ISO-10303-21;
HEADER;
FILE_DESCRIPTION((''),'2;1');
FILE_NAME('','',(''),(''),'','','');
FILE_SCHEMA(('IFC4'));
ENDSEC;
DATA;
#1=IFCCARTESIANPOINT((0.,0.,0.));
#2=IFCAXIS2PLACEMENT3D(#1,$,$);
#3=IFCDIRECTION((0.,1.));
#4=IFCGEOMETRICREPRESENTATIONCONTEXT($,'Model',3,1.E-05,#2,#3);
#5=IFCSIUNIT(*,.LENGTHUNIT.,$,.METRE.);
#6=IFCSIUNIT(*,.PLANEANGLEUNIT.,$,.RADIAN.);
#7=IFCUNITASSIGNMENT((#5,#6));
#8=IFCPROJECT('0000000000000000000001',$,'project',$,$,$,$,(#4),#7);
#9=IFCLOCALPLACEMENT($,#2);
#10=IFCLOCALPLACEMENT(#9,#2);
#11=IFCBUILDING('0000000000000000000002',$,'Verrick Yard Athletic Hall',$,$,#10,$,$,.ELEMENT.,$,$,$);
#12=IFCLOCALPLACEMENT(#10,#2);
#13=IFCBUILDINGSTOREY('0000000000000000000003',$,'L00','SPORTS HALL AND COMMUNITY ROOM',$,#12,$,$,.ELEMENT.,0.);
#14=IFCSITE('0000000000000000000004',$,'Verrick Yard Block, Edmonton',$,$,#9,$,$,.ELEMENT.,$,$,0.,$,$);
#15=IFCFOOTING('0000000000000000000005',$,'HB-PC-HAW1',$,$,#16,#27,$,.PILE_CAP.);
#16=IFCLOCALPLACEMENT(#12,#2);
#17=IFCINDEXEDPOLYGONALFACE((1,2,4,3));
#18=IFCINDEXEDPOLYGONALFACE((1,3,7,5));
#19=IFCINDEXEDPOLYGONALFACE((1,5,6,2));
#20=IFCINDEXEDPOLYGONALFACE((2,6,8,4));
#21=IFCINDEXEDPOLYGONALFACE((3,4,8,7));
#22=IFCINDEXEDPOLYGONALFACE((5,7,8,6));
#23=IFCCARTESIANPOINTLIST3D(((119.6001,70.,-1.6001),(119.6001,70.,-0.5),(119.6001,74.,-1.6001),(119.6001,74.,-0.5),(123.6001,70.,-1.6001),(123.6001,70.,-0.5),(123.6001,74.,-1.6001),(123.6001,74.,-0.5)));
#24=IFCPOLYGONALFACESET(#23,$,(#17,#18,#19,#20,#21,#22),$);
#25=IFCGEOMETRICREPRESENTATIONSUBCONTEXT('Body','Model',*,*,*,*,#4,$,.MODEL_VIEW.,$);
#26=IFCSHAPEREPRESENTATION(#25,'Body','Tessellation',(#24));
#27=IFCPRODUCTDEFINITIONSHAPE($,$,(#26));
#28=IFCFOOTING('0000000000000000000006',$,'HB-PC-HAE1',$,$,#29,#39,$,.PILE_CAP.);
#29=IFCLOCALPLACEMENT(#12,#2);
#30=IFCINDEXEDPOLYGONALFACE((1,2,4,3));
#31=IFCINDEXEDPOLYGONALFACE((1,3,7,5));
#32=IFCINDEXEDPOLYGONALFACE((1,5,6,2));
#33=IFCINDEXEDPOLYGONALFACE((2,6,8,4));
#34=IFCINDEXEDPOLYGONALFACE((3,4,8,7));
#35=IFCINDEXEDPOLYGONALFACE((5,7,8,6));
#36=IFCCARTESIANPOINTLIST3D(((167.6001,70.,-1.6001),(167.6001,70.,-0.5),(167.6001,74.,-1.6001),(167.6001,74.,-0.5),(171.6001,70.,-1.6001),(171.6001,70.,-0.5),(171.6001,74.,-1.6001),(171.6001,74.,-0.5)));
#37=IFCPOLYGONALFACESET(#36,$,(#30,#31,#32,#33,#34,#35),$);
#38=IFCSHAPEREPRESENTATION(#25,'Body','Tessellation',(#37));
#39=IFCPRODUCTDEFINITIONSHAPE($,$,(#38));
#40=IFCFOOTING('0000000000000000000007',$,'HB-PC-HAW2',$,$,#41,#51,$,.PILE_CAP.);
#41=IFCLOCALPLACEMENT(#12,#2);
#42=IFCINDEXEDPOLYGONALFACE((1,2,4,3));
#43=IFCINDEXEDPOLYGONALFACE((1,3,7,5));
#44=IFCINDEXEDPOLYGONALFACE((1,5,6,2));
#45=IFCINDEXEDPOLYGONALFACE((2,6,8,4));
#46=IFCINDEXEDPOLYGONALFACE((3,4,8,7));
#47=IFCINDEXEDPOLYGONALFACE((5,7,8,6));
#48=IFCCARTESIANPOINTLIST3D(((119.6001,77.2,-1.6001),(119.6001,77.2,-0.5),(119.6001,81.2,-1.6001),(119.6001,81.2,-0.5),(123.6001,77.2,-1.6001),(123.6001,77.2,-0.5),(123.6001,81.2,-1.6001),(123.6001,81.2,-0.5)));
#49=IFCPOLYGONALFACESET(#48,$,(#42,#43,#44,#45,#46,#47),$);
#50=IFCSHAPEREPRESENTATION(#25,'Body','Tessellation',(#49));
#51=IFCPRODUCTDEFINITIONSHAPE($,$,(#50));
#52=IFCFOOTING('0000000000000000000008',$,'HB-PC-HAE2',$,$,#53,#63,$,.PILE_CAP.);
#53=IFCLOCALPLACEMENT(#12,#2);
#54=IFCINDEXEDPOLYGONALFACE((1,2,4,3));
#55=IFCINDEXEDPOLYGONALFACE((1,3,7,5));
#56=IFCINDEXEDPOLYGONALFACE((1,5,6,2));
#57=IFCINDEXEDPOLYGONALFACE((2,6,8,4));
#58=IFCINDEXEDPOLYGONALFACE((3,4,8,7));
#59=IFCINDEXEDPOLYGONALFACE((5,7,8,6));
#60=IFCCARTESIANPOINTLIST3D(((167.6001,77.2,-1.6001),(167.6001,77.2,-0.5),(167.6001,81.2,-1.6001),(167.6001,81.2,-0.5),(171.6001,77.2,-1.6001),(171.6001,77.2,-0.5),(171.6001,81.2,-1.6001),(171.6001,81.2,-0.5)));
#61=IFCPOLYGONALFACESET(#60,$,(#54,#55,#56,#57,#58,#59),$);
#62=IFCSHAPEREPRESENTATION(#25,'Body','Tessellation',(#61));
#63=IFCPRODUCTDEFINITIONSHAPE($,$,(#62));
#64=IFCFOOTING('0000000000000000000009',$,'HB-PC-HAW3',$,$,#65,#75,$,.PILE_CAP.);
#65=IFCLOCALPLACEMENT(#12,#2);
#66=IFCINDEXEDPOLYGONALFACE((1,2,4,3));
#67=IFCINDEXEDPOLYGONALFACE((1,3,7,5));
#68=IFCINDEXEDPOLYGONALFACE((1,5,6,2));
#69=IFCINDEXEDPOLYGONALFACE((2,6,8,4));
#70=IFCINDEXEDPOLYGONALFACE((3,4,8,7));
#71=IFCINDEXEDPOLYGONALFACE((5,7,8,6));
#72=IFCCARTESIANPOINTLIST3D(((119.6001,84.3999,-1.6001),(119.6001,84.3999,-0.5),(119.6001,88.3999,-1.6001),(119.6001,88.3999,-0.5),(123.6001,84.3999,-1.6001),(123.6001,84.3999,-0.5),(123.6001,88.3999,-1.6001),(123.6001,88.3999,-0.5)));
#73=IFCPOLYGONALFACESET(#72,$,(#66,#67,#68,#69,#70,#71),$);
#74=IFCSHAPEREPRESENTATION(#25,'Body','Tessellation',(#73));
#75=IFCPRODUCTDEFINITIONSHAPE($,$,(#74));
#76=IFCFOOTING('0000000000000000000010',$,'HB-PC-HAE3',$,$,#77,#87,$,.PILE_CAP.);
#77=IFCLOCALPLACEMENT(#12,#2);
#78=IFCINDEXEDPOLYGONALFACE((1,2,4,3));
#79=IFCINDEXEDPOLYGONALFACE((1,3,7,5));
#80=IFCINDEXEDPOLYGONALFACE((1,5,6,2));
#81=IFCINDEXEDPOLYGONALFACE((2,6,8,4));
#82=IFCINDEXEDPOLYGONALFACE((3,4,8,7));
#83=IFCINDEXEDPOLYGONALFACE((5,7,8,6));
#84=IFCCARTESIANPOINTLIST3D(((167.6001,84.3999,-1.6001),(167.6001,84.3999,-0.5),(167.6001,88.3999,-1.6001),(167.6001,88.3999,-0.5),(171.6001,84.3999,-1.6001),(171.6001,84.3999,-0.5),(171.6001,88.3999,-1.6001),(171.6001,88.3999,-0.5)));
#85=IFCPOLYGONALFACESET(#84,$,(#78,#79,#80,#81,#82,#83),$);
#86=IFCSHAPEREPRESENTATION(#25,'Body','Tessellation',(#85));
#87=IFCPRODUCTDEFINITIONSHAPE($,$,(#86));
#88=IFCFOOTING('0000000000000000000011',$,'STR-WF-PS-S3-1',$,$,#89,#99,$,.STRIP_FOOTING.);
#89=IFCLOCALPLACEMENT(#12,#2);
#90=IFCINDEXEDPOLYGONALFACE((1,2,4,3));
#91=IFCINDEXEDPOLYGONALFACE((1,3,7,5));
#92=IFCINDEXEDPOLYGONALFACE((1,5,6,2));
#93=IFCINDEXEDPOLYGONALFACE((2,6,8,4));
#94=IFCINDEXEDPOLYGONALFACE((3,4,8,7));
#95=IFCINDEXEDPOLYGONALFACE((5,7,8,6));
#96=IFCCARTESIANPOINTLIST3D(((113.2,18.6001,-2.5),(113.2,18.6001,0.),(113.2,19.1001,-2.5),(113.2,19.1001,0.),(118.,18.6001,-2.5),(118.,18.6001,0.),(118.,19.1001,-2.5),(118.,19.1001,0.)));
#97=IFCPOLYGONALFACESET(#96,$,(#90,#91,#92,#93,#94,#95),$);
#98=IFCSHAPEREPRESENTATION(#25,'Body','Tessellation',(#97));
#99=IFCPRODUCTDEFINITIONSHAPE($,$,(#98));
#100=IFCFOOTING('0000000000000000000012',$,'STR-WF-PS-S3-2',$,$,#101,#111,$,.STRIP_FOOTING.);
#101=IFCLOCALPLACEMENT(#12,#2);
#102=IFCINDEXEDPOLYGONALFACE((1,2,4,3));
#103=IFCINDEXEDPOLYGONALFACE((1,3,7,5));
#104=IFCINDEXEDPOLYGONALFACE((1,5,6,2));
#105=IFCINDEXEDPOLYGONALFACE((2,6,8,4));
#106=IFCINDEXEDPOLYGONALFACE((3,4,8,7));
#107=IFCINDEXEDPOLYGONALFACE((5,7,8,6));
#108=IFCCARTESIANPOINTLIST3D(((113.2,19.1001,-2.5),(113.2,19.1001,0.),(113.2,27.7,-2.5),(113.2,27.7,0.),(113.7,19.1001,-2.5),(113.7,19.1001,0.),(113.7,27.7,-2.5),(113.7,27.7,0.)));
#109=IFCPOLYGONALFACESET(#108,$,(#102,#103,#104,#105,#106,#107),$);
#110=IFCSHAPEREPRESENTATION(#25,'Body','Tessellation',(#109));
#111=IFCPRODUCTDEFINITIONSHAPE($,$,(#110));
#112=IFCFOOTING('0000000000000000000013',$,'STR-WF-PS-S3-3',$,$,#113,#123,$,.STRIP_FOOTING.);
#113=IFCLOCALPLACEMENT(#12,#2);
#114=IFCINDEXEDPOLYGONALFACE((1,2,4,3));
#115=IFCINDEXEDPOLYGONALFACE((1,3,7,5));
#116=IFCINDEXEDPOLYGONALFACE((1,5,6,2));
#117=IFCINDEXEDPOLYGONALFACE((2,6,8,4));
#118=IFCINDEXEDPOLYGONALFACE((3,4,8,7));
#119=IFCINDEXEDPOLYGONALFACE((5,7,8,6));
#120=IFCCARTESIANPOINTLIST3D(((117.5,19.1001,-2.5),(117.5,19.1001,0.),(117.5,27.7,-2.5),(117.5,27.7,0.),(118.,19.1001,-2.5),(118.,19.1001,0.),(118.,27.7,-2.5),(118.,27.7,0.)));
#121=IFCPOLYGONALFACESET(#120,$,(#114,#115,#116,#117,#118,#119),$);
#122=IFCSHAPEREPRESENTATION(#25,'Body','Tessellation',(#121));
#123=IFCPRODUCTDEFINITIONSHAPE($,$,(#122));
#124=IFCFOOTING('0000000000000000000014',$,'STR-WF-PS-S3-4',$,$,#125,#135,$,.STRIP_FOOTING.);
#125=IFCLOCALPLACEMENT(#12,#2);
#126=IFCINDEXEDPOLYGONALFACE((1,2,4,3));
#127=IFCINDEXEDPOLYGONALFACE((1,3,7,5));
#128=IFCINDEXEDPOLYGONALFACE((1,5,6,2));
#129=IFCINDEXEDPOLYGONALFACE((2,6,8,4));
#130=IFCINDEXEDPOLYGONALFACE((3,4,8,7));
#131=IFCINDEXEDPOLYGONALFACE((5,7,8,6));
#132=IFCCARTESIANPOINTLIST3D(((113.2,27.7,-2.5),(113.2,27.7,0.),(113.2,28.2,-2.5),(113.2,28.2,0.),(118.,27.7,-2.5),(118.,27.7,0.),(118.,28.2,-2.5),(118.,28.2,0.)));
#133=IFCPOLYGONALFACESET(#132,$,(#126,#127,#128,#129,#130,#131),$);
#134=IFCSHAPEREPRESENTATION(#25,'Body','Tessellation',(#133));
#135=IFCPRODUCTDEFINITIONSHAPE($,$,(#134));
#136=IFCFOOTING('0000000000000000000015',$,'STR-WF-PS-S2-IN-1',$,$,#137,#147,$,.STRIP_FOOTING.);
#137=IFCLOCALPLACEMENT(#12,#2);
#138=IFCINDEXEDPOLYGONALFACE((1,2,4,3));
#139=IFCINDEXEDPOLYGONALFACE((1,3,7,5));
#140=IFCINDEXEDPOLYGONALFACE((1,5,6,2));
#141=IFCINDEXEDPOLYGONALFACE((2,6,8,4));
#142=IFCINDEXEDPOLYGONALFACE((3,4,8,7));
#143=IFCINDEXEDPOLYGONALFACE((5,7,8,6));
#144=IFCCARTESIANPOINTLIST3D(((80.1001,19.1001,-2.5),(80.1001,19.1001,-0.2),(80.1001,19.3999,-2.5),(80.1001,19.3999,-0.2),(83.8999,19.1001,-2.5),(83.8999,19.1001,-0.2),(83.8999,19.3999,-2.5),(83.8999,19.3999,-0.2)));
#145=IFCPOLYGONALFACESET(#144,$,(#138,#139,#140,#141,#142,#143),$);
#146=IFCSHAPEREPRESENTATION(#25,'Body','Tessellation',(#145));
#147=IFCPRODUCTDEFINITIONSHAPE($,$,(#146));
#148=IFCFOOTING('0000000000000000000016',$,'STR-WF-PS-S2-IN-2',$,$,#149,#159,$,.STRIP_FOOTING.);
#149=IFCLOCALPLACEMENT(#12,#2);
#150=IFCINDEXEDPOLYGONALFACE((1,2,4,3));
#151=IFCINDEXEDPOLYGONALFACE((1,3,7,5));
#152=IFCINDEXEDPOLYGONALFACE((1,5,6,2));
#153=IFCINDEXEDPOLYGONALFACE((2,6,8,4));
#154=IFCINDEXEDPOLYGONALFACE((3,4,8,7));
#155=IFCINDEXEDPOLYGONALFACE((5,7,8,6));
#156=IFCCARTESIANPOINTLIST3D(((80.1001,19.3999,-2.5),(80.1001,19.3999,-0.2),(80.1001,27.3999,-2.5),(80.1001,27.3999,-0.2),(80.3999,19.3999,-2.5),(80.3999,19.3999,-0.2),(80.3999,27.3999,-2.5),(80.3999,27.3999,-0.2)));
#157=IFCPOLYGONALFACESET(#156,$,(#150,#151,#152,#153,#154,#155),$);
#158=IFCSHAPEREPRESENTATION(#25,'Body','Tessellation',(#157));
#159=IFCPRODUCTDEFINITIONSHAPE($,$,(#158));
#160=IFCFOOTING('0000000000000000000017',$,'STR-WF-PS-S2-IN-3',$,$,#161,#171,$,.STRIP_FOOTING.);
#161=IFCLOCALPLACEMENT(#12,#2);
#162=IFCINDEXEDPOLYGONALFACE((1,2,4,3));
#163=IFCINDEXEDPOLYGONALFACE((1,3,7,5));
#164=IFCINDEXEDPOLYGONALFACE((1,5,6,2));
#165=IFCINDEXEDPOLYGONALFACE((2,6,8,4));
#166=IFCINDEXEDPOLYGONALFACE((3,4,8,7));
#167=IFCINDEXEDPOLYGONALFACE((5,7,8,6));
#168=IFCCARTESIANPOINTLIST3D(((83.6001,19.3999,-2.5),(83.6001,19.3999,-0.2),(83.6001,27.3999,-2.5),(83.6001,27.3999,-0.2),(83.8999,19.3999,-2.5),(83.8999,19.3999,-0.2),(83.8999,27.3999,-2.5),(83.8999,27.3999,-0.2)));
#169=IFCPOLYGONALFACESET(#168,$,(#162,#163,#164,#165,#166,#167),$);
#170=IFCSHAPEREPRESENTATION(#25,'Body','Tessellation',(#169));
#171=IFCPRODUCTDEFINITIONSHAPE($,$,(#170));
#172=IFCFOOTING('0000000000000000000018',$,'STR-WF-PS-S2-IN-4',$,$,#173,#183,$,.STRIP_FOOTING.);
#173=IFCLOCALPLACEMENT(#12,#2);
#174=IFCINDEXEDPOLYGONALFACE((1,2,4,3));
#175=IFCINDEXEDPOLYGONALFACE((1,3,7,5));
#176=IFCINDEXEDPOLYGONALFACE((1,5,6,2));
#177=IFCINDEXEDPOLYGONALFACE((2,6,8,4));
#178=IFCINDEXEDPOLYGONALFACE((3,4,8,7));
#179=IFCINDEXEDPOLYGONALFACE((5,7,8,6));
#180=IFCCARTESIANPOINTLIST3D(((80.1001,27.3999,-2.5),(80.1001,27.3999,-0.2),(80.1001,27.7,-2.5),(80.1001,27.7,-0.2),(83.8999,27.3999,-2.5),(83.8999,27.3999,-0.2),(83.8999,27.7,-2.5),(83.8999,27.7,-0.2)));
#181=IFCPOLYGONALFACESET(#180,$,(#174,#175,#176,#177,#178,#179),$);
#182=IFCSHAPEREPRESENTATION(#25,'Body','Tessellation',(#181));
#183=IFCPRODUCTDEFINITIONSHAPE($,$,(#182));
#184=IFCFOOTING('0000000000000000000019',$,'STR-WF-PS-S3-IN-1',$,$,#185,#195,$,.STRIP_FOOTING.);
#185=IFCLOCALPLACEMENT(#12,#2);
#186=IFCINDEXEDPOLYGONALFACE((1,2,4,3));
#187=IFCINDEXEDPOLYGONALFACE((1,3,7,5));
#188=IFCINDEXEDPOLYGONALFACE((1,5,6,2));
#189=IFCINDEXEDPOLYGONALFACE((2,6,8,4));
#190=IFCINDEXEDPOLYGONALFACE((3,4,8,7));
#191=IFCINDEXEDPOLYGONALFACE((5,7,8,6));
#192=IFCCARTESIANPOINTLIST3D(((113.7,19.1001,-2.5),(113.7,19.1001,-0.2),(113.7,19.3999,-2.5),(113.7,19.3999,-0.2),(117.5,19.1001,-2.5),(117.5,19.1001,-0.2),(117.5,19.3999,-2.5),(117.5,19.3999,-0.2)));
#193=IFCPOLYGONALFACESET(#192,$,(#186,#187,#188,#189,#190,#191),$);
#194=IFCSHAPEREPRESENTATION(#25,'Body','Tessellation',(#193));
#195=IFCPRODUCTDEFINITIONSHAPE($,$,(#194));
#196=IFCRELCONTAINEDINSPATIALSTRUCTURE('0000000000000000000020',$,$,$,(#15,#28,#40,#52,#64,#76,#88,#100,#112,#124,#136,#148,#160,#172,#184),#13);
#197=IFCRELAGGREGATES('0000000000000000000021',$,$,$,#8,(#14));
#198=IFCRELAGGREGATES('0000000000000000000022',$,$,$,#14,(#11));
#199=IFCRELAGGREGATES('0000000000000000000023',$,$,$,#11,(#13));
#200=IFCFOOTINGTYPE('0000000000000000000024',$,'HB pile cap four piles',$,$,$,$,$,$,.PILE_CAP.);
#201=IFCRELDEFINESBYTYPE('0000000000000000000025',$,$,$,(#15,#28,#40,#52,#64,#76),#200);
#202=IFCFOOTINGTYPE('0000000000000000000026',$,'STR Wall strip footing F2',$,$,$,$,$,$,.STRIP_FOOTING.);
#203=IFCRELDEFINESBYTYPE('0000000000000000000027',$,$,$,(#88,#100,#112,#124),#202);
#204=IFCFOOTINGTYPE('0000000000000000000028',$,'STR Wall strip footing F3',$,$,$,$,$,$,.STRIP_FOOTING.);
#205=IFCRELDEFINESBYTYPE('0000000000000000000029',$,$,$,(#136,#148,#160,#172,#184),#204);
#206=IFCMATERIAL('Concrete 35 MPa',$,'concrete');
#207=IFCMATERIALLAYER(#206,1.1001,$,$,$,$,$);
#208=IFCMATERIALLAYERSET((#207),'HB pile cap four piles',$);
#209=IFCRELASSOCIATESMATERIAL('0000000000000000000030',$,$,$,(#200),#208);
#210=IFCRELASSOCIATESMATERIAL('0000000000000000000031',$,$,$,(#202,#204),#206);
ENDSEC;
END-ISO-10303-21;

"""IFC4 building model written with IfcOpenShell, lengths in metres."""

from ifc_helpers import new_model, si_unit, direction, frame, origin, origin_2d, place, context, subcontext, project, spatial, polyline, rectangle, outline, extrude, material, layer, layer_set, material_profile, profile_set, type_object, element, save


model = new_model("IFC4")

# Units and contexts
model_context = context("Model", 3, precision=1e-05, world=origin(), true_north=direction((0.0, 1.0)))
body_context = subcontext(model_context, "Body", "Model", "MODEL_VIEW")
ifc_project = project(units=[si_unit("LENGTHUNIT", "METRE"), si_unit("PLANEANGLEUNIT", "RADIAN")], contexts=[model_context])

# Site, building, storey
site_placement = place(None, origin())
site = spatial("IfcSite", under=ifc_project, at=site_placement, Name="Verrick Yard Block, Edmonton", CompositionType="ELEMENT", RefElevation=0.0)
building_placement = place(site_placement, origin())
building = spatial("IfcBuilding", under=site, at=building_placement, Name="Verrick Yard Athletic Hall", CompositionType="ELEMENT")
storey_placement = place(building_placement, origin())
storey = spatial("IfcBuildingStorey", under=building, at=storey_placement, Name="L00", Description="SPORTS HALL AND COMMUNITY ROOM", CompositionType="ELEMENT", Elevation=0.0)

# Footings
ifc_material = material(Name="Concrete 35 MPa", Category="concrete")
ifc_layer_1 = layer(ifc_material, 1.1001)
ifc_layer_set_1 = layer_set([ifc_layer_1], Name="HB pile cap four piles")
footing_type_1 = type_object("IfcFootingType", Name="HB pile cap four piles", PredefinedType="PILE_CAP", material=ifc_layer_set_1)
footing_1_placement = place(storey_placement, frame((0.0, 0.0, -1.6001)))
element("IfcFooting", 1, at=footing_1_placement, inside=storey, type_object=footing_type_1, Name="HB-PC-HAW1", PredefinedType="PILE_CAP", context=body_context, shape_type="SweptSolid", body=[
    extrude(outline(polyline([(119.6001, 70.0), (123.6001, 70.0), (123.6001, 74.0), (119.6001, 74.0), (119.6001, 70.0)])), origin(), (0.0, 0.0, 1.0), 1.1001),
])
footing_2_placement = place(storey_placement, frame((0.0, 0.0, -1.6001)))
element("IfcFooting", 2, at=footing_2_placement, inside=storey, type_object=footing_type_1, Name="HB-PC-HAE1", PredefinedType="PILE_CAP", context=body_context, shape_type="SweptSolid", body=[
    extrude(outline(polyline([(167.6001, 70.0), (171.6001, 70.0), (171.6001, 74.0), (167.6001, 74.0), (167.6001, 70.0)])), origin(), (0.0, 0.0, 1.0), 1.1001),
])
footing_3_placement = place(storey_placement, frame((0.0, 0.0, -1.6001)))
element("IfcFooting", 3, at=footing_3_placement, inside=storey, type_object=footing_type_1, Name="HB-PC-HAW2", PredefinedType="PILE_CAP", context=body_context, shape_type="SweptSolid", body=[
    extrude(outline(polyline([(119.6001, 77.2), (123.6001, 77.2), (123.6001, 81.2), (119.6001, 81.2), (119.6001, 77.2)])), origin(), (0.0, 0.0, 1.0), 1.1001),
])
footing_4_placement = place(storey_placement, frame((0.0, 0.0, -1.6001)))
element("IfcFooting", 4, at=footing_4_placement, inside=storey, type_object=footing_type_1, Name="HB-PC-HAE2", PredefinedType="PILE_CAP", context=body_context, shape_type="SweptSolid", body=[
    extrude(outline(polyline([(167.6001, 77.2), (171.6001, 77.2), (171.6001, 81.2), (167.6001, 81.2), (167.6001, 77.2)])), origin(), (0.0, 0.0, 1.0), 1.1001),
])
footing_5_placement = place(storey_placement, frame((0.0, 0.0, -1.6001)))
element("IfcFooting", 5, at=footing_5_placement, inside=storey, type_object=footing_type_1, Name="HB-PC-HAW3", PredefinedType="PILE_CAP", context=body_context, shape_type="SweptSolid", body=[
    extrude(outline(polyline([(119.6001, 84.3999), (123.6001, 84.3999), (123.6001, 88.3999), (119.6001, 88.3999), (119.6001, 84.3999)])), origin(), (0.0, 0.0, 1.0), 1.1001),
])
footing_6_placement = place(storey_placement, frame((0.0, 0.0, -1.6001)))
element("IfcFooting", 6, at=footing_6_placement, inside=storey, type_object=footing_type_1, Name="HB-PC-HAE3", PredefinedType="PILE_CAP", context=body_context, shape_type="SweptSolid", body=[
    extrude(outline(polyline([(167.6001, 84.3999), (171.6001, 84.3999), (171.6001, 88.3999), (167.6001, 88.3999), (167.6001, 84.3999)])), origin(), (0.0, 0.0, 1.0), 1.1001),
])
ifc_material_profile_1 = material_profile(ifc_material, rectangle(XDim=0.5, YDim=2.5, at=origin_2d()), Name="STR Wall strip footing F2")
ifc_profile_set_1 = profile_set([ifc_material_profile_1], Name="Concrete 35 MPa")
footing_type_2 = type_object("IfcFootingType", Name="STR Wall strip footing F2", PredefinedType="STRIP_FOOTING", material=ifc_profile_set_1)
footing_7_placement = place(storey_placement, frame((0.0, 0.0, -2.5)))
element("IfcFooting", 7, at=footing_7_placement, inside=storey, type_object=footing_type_2, Name="STR-WF-PS-S3-1", PredefinedType="STRIP_FOOTING", context=body_context, shape_type="SweptSolid", body=[
    extrude(outline(polyline([(113.2, 18.6001), (118.0, 18.6001), (118.0, 19.1001), (113.2, 19.1001), (113.2, 18.6001)])), origin(), (0.0, 0.0, 1.0), 2.5),
])
footing_8_placement = place(storey_placement, frame((0.0, 0.0, -2.5)))
element("IfcFooting", 8, at=footing_8_placement, inside=storey, type_object=footing_type_2, Name="STR-WF-PS-S3-2", PredefinedType="STRIP_FOOTING", context=body_context, shape_type="SweptSolid", body=[
    extrude(outline(polyline([(113.2, 19.1001), (113.7, 19.1001), (113.7, 27.7), (113.2, 27.7), (113.2, 19.1001)])), origin(), (0.0, 0.0, 1.0), 2.5),
])
footing_9_placement = place(storey_placement, frame((0.0, 0.0, -2.5)))
element("IfcFooting", 9, at=footing_9_placement, inside=storey, type_object=footing_type_2, Name="STR-WF-PS-S3-3", PredefinedType="STRIP_FOOTING", context=body_context, shape_type="SweptSolid", body=[
    extrude(outline(polyline([(117.5, 19.1001), (118.0, 19.1001), (118.0, 27.7), (117.5, 27.7), (117.5, 19.1001)])), origin(), (0.0, 0.0, 1.0), 2.5),
])
footing_10_placement = place(storey_placement, frame((0.0, 0.0, -2.5)))
element("IfcFooting", 10, at=footing_10_placement, inside=storey, type_object=footing_type_2, Name="STR-WF-PS-S3-4", PredefinedType="STRIP_FOOTING", context=body_context, shape_type="SweptSolid", body=[
    extrude(outline(polyline([(113.2, 27.7), (118.0, 27.7), (118.0, 28.2), (113.2, 28.2), (113.2, 27.7)])), origin(), (0.0, 0.0, 1.0), 2.5),
])
ifc_material_profile_2 = material_profile(ifc_material, rectangle(XDim=0.3, YDim=2.3, at=origin_2d()), Name="STR Wall strip footing F3")
ifc_profile_set_2 = profile_set([ifc_material_profile_2], Name="Concrete 35 MPa")
footing_type_3 = type_object("IfcFootingType", Name="STR Wall strip footing F3", PredefinedType="STRIP_FOOTING", material=ifc_profile_set_2)
footing_11_placement = place(storey_placement, frame((0.0, 0.0, -2.5)))
element("IfcFooting", 11, at=footing_11_placement, inside=storey, type_object=footing_type_3, Name="STR-WF-PS-S2-IN-1", PredefinedType="STRIP_FOOTING", context=body_context, shape_type="SweptSolid", body=[
    extrude(outline(polyline([(80.1001, 19.1001), (83.8999, 19.1001), (83.8999, 19.3999), (80.1001, 19.3999), (80.1001, 19.1001)])), origin(), (0.0, 0.0, 1.0), 2.3),
])
footing_12_placement = place(storey_placement, frame((0.0, 0.0, -2.5)))
element("IfcFooting", 12, at=footing_12_placement, inside=storey, type_object=footing_type_3, Name="STR-WF-PS-S2-IN-2", PredefinedType="STRIP_FOOTING", context=body_context, shape_type="SweptSolid", body=[
    extrude(outline(polyline([(80.1001, 19.3999), (80.3999, 19.3999), (80.3999, 27.3999), (80.1001, 27.3999), (80.1001, 19.3999)])), origin(), (0.0, 0.0, 1.0), 2.3),
])
footing_13_placement = place(storey_placement, frame((0.0, 0.0, -2.5)))
element("IfcFooting", 13, at=footing_13_placement, inside=storey, type_object=footing_type_3, Name="STR-WF-PS-S2-IN-3", PredefinedType="STRIP_FOOTING", context=body_context, shape_type="SweptSolid", body=[
    extrude(outline(polyline([(83.6001, 19.3999), (83.8999, 19.3999), (83.8999, 27.3999), (83.6001, 27.3999), (83.6001, 19.3999)])), origin(), (0.0, 0.0, 1.0), 2.3),
])
footing_14_placement = place(storey_placement, frame((0.0, 0.0, -2.5)))
element("IfcFooting", 14, at=footing_14_placement, inside=storey, type_object=footing_type_3, Name="STR-WF-PS-S2-IN-4", PredefinedType="STRIP_FOOTING", context=body_context, shape_type="SweptSolid", body=[
    extrude(outline(polyline([(80.1001, 27.3999), (83.8999, 27.3999), (83.8999, 27.7), (80.1001, 27.7), (80.1001, 27.3999)])), origin(), (0.0, 0.0, 1.0), 2.3),
])
footing_15_placement = place(storey_placement, frame((0.0, 0.0, -2.5)))
element("IfcFooting", 15, at=footing_15_placement, inside=storey, type_object=footing_type_3, Name="STR-WF-PS-S3-IN-1", PredefinedType="STRIP_FOOTING", context=body_context, shape_type="SweptSolid", body=[
    extrude(outline(polyline([(113.7, 19.1001), (117.5, 19.1001), (117.5, 19.3999), (113.7, 19.3999), (113.7, 19.1001)])), origin(), (0.0, 0.0, 1.0), 2.3),
])

save(model, "model.ifc")
